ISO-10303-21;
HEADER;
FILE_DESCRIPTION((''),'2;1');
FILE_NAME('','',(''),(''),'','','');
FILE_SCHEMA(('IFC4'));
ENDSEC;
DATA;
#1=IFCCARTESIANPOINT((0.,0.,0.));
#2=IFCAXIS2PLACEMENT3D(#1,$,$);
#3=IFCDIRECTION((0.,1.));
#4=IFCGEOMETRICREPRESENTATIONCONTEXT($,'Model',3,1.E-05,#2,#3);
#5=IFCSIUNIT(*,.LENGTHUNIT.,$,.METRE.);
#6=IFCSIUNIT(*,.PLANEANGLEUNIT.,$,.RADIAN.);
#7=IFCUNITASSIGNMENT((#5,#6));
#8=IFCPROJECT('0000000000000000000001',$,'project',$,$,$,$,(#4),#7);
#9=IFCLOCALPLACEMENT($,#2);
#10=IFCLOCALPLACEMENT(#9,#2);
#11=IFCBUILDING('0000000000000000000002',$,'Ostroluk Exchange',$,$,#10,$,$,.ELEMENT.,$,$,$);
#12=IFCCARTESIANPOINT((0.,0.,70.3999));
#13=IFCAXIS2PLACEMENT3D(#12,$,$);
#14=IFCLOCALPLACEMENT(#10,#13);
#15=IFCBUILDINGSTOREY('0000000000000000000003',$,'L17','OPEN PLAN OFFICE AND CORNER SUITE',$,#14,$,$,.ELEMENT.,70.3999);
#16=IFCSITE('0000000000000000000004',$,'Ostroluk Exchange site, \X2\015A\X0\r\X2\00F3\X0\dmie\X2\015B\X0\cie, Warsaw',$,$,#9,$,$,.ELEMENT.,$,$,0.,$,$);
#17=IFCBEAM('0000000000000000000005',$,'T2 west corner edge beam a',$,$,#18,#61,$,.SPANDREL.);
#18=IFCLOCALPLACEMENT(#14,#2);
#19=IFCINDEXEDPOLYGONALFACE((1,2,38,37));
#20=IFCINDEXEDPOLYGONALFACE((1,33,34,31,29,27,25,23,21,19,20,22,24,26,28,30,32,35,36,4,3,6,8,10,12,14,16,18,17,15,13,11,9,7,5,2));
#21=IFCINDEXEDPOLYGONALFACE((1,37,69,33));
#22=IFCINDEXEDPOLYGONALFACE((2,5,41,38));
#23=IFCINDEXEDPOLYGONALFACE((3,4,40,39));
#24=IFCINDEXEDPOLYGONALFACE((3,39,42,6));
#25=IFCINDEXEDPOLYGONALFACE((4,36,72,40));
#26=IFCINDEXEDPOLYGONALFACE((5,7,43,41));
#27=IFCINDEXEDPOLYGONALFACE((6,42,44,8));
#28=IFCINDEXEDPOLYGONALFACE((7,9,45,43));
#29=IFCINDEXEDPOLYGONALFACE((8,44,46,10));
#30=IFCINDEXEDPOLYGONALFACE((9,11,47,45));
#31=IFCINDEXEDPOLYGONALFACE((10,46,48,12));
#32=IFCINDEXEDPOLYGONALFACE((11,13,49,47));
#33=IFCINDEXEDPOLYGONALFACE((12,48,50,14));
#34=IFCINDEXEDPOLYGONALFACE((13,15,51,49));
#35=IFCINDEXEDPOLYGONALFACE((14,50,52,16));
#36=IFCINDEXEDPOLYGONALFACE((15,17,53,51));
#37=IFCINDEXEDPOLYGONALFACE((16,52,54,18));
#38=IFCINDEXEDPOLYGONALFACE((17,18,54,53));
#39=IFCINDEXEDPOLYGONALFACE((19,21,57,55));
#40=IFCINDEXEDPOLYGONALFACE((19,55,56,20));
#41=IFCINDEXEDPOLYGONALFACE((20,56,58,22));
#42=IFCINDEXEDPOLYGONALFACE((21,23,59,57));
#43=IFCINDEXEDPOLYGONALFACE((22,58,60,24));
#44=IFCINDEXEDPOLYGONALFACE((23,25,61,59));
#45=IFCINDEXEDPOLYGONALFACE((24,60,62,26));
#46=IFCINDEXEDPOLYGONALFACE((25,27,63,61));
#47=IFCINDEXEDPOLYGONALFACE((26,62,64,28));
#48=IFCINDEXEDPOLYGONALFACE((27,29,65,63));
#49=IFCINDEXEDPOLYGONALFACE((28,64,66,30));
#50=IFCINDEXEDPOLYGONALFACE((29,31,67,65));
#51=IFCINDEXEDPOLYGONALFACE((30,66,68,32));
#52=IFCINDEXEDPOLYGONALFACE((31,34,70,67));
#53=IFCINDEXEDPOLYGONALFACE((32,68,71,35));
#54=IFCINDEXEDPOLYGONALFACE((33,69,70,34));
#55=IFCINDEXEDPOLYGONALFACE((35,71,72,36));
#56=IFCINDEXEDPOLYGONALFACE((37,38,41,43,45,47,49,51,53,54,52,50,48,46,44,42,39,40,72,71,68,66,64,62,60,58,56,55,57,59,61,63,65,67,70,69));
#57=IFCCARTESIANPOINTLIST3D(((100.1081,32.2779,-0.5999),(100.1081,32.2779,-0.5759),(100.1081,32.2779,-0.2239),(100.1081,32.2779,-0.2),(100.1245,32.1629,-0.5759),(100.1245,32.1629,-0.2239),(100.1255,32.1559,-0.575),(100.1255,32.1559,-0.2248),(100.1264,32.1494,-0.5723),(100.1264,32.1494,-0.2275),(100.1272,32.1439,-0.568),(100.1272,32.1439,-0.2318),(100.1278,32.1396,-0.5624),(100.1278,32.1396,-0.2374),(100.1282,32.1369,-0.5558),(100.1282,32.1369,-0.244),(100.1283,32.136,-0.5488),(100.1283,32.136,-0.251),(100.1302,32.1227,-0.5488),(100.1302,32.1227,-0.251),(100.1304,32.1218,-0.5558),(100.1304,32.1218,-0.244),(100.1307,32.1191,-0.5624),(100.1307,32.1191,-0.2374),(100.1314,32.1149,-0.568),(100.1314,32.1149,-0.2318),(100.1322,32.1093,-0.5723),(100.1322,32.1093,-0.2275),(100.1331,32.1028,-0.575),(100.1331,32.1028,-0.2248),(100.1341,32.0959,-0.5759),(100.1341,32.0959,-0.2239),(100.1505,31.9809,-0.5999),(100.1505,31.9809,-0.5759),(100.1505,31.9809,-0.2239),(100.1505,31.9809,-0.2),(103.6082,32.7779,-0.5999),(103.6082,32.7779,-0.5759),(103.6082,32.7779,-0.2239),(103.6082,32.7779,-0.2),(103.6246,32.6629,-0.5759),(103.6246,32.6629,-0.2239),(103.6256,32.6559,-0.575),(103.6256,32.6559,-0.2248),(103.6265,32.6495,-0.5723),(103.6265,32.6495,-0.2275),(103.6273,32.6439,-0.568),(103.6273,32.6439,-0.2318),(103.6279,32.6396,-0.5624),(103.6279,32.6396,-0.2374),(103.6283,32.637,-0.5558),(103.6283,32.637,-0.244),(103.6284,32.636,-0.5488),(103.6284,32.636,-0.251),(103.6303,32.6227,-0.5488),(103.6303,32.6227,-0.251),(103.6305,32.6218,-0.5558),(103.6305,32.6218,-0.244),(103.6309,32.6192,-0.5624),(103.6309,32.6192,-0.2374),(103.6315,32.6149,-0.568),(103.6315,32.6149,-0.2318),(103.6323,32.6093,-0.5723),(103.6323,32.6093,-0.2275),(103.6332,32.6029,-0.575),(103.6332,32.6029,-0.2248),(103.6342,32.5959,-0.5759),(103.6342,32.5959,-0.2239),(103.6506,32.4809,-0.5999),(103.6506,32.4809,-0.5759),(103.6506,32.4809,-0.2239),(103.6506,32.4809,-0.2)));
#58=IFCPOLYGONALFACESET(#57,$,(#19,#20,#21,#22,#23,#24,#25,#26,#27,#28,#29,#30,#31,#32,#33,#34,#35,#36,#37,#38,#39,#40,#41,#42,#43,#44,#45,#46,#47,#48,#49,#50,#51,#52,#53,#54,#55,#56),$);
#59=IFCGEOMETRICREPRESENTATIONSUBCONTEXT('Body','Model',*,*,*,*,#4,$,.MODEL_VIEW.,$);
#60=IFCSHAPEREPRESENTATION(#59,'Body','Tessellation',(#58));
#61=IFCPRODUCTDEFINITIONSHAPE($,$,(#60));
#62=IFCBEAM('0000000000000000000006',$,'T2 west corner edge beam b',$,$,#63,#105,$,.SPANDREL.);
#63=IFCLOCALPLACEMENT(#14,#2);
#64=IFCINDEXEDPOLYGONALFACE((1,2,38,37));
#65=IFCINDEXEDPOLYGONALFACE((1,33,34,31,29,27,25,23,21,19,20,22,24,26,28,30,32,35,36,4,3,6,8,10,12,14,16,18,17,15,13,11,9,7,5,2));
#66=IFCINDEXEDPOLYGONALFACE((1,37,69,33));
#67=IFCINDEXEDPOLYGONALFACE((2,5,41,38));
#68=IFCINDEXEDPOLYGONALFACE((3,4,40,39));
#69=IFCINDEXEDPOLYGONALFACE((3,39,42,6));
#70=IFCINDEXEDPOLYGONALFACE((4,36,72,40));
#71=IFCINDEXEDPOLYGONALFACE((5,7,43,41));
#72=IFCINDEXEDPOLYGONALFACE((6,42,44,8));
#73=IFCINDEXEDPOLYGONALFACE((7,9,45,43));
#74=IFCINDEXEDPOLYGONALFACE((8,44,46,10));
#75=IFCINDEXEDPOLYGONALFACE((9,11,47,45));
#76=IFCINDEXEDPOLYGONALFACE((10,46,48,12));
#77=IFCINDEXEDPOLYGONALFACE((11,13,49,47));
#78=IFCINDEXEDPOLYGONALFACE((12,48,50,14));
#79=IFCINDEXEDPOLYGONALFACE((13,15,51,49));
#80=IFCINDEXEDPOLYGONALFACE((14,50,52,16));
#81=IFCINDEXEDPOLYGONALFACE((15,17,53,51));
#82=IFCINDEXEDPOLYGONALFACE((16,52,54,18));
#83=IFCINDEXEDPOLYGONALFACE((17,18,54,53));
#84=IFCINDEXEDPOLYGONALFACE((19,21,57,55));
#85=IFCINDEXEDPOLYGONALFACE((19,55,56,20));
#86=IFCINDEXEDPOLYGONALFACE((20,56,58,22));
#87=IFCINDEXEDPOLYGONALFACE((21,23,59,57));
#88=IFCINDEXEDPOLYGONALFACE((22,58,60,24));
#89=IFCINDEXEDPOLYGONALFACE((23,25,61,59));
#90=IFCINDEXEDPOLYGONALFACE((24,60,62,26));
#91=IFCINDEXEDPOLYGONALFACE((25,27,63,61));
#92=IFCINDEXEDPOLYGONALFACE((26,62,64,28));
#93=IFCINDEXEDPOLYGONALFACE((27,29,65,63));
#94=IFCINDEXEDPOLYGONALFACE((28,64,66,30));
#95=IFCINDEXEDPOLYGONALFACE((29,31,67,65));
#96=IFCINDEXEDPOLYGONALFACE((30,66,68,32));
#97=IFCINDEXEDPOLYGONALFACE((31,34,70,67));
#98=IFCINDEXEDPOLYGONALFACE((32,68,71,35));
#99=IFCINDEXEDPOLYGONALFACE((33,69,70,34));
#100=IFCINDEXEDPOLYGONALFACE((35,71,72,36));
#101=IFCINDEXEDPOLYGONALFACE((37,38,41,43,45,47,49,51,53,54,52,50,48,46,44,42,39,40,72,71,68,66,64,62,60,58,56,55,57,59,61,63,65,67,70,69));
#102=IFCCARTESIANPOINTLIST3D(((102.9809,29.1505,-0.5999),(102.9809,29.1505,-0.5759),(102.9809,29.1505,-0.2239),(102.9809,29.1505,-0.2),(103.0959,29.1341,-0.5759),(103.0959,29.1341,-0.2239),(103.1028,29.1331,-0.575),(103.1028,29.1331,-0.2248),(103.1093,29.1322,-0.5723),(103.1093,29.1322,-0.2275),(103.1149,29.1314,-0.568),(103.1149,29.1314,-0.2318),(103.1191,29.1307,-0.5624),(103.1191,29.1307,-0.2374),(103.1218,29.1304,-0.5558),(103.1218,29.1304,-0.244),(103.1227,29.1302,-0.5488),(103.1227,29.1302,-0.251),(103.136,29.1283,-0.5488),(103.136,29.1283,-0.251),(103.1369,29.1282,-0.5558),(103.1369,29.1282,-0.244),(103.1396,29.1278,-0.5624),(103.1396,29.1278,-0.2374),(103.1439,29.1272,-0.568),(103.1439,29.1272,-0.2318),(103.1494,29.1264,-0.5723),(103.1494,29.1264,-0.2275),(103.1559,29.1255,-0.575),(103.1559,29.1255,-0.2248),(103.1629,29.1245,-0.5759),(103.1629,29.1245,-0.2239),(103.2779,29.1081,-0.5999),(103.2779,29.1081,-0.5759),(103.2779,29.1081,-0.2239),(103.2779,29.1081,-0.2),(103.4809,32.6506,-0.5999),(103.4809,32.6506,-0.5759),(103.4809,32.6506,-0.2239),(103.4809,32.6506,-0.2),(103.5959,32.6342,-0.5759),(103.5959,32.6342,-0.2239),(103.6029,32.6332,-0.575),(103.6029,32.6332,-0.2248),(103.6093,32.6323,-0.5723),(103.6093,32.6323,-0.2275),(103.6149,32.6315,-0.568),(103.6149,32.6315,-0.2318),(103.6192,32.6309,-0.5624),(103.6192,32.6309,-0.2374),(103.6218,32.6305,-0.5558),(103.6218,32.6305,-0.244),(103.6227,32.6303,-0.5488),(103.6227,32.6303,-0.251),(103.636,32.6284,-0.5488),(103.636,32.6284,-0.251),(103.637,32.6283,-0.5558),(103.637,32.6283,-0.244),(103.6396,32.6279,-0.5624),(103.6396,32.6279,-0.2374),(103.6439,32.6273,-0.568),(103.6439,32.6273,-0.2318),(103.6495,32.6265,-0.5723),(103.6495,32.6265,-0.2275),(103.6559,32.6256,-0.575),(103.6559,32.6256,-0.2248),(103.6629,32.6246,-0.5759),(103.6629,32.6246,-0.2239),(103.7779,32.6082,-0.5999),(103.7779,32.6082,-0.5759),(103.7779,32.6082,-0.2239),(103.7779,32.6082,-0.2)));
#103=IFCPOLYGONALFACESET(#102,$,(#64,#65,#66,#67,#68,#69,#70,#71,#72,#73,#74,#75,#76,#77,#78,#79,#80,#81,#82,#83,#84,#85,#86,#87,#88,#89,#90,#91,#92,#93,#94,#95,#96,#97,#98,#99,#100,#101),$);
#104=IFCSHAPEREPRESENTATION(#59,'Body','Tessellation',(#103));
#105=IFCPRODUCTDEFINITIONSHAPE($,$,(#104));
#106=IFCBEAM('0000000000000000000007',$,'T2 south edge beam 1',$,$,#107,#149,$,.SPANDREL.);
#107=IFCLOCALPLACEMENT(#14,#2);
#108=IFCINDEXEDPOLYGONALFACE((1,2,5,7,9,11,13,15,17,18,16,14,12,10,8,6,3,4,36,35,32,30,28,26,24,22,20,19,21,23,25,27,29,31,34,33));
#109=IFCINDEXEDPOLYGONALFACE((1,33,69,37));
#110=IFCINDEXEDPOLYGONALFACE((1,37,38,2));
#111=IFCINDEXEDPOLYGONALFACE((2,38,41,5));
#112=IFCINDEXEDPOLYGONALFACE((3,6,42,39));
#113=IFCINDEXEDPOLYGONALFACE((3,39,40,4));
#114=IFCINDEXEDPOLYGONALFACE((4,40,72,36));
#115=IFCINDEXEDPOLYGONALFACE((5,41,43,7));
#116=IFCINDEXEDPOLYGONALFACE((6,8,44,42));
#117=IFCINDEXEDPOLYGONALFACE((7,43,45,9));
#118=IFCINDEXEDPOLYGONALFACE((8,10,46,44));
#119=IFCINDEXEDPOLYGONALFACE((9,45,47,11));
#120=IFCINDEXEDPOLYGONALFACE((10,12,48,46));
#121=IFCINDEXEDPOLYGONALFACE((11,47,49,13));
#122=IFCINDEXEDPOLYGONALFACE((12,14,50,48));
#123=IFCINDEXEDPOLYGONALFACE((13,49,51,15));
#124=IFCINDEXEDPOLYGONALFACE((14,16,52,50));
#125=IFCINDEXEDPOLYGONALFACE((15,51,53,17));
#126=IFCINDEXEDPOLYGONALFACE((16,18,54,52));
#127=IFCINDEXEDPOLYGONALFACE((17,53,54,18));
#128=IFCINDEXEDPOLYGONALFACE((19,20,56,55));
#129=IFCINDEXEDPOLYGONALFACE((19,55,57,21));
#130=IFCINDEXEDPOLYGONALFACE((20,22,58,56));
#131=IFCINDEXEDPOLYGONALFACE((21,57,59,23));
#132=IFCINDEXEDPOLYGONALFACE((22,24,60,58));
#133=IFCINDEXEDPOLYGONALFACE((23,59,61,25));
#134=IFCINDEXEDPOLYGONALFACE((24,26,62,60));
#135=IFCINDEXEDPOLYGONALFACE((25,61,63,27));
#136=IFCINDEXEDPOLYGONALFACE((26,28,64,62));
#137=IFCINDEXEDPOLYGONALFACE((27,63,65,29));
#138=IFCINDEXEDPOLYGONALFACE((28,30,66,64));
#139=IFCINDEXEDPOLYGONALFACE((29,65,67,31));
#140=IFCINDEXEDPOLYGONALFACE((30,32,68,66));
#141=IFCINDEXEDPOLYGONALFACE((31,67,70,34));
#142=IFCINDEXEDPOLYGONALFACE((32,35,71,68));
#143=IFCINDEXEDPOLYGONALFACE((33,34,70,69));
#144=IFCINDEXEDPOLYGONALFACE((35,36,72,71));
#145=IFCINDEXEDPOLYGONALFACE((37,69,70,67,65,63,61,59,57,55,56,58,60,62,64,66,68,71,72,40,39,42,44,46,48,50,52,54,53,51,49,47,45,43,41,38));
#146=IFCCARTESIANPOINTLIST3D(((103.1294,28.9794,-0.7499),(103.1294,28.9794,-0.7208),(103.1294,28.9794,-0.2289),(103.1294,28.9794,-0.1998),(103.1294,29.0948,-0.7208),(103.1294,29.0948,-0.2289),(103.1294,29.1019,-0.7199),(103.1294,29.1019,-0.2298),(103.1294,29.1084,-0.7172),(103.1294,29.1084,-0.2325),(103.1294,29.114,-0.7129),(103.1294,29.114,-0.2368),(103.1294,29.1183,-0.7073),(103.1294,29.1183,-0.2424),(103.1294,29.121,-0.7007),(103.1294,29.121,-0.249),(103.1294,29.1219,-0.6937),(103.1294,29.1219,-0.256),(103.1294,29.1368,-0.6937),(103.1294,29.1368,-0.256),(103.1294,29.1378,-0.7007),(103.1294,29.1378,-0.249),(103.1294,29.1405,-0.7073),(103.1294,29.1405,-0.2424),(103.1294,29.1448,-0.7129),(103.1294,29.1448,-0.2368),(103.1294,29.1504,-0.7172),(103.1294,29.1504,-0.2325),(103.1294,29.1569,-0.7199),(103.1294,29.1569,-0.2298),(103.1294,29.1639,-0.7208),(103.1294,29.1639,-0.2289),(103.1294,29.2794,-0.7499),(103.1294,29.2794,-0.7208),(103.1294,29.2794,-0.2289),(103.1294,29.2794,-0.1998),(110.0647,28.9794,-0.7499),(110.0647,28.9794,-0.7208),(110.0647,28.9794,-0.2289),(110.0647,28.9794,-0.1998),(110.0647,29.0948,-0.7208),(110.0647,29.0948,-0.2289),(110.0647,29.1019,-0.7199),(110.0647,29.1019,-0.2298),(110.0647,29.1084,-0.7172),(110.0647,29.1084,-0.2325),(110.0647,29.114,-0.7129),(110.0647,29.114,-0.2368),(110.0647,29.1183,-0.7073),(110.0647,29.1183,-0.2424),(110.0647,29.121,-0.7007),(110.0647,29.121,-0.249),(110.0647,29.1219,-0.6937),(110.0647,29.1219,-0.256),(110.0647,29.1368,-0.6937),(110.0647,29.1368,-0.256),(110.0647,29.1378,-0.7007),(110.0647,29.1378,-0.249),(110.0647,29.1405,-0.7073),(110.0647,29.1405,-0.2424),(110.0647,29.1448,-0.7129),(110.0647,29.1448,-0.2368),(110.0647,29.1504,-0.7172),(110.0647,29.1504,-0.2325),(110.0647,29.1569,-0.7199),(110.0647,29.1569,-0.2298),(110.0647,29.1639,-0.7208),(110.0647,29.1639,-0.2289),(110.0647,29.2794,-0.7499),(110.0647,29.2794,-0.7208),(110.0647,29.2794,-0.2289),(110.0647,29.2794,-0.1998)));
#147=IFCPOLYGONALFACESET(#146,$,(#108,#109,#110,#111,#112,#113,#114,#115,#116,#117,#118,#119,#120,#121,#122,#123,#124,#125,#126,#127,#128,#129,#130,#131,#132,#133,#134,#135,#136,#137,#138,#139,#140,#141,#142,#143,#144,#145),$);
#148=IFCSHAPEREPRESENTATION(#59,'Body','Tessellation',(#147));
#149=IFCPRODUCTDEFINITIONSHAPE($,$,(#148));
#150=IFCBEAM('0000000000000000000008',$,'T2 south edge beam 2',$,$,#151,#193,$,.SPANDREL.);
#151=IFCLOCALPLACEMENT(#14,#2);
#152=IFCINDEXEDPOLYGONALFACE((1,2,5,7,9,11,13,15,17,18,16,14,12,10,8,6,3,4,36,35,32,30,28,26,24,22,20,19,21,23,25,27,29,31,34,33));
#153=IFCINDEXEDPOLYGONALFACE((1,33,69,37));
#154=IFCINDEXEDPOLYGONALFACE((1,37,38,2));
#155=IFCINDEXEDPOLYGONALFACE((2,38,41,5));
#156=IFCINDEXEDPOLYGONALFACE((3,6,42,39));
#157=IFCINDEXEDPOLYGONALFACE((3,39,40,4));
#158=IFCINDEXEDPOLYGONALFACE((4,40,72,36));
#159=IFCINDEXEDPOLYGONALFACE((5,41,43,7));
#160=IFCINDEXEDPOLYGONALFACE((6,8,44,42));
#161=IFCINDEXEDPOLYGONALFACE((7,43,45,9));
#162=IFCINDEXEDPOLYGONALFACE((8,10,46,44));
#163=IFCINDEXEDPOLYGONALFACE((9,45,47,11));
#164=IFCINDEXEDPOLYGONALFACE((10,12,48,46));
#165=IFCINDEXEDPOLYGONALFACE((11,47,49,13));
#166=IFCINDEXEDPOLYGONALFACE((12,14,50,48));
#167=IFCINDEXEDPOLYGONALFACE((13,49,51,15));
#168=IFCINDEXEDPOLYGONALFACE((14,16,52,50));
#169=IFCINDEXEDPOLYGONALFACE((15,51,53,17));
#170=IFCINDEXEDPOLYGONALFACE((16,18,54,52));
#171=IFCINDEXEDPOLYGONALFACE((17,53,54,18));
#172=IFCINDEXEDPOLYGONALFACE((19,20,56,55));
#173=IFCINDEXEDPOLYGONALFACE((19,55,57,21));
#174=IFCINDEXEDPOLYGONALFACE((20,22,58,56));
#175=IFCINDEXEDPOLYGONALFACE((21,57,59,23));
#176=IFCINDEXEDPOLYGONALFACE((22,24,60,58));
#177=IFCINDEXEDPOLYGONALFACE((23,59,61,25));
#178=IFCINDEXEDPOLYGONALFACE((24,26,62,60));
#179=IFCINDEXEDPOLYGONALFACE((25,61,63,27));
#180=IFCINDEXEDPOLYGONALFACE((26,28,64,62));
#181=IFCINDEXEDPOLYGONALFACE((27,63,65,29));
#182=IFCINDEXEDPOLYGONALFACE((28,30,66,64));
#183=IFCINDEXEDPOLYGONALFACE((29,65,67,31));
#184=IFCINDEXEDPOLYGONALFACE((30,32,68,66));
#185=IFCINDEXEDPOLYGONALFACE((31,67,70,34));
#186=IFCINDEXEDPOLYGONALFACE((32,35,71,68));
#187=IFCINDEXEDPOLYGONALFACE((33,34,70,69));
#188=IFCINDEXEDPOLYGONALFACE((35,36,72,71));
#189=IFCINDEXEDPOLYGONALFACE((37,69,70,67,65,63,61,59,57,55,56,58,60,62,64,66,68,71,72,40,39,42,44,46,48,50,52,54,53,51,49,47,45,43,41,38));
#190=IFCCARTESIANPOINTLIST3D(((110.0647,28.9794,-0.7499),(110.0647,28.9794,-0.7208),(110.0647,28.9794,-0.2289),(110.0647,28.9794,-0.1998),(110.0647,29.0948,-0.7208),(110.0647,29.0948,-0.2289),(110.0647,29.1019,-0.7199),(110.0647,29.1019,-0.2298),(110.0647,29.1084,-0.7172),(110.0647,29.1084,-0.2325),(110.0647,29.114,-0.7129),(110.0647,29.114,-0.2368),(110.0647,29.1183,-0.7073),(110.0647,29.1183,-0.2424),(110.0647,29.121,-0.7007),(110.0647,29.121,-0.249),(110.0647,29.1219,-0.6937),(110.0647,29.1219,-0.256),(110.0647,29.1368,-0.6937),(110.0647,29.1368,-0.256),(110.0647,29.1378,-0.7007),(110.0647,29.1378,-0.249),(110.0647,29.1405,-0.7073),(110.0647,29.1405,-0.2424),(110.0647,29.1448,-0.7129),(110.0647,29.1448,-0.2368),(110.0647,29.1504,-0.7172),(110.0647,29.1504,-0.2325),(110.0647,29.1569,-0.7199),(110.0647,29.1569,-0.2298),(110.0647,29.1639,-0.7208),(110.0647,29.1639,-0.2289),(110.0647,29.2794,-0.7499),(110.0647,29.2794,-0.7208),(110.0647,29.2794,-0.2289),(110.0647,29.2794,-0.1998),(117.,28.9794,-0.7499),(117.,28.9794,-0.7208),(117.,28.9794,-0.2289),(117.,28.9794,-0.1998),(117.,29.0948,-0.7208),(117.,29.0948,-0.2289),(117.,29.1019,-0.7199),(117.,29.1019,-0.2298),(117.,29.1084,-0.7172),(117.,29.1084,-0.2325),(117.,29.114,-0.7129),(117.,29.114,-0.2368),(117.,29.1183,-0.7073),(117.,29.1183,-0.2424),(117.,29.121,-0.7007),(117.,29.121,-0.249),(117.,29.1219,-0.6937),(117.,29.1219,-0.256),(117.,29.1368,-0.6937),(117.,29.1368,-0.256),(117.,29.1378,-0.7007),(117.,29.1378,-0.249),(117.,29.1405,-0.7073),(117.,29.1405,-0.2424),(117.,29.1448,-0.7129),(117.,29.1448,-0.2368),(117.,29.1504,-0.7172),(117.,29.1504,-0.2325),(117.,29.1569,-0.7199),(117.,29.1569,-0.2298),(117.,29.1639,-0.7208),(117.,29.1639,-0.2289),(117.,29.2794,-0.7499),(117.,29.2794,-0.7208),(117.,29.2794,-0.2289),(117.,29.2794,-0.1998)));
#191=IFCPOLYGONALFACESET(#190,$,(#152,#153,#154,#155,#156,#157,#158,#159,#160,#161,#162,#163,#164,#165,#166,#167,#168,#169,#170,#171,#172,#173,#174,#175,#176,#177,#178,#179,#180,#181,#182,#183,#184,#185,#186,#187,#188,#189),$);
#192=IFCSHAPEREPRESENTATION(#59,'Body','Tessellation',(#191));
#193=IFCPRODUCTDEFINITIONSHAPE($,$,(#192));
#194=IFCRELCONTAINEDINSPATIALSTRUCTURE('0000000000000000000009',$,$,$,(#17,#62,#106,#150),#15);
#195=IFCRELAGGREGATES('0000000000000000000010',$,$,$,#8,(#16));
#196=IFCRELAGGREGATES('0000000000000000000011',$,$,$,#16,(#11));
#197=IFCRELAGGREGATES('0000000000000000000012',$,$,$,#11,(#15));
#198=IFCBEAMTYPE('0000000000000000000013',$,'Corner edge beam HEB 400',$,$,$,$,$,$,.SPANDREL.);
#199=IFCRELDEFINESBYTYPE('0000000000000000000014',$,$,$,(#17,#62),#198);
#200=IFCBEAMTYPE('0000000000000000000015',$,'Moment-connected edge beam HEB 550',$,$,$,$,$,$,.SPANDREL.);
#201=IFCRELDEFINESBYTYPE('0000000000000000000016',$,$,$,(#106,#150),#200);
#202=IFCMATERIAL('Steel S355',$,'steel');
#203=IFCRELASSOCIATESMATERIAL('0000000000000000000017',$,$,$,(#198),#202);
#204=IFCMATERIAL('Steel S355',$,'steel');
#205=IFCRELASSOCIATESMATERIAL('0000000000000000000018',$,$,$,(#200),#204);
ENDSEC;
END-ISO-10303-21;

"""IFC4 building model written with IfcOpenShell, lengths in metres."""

from ifc_helpers import new_model, si_unit, direction, frame, origin, origin_2d, place, context, subcontext, project, spatial, i_section, extrude, material, material_profile, profile_set, type_object, element, save


model = new_model("IFC4")

# Units and contexts
model_context = context("Model", 3, precision=1e-05, world=origin(), true_north=direction((0.0, 1.0)))
body_context = subcontext(model_context, "Body", "Model", "MODEL_VIEW")
ifc_project = project(units=[si_unit("LENGTHUNIT", "METRE"), si_unit("PLANEANGLEUNIT", "RADIAN")], contexts=[model_context])

# Site, building, storey
site_placement = place(None, origin())
site = spatial("IfcSite", under=ifc_project, at=site_placement, Name="Ostroluk Exchange site, Śródmieście, Warsaw", CompositionType="ELEMENT", RefElevation=0.0)
building_placement = place(site_placement, origin())
building = spatial("IfcBuilding", under=site, at=building_placement, Name="Ostroluk Exchange", CompositionType="ELEMENT")
storey_placement = place(building_placement, frame((0.0, 0.0, 70.3999)))
storey = spatial("IfcBuildingStorey", under=building, at=storey_placement, Name="L17", Description="OPEN PLAN OFFICE AND CORNER SUITE", CompositionType="ELEMENT", Elevation=70.3999)

# Beams
ifc_material_1 = material(Name="Steel S355", Category="steel")
ifc_material_profile_1 = material_profile(ifc_material_1, i_section(OverallWidth=0.3, OverallDepth=0.3999, WebThickness=0.0134, FlangeThickness=0.0239, FilletRadius=0.0271, at=origin_2d()), Name="HEB 400")
ifc_profile_set_1 = profile_set([ifc_material_profile_1], Name="Steel S355")
beam_type_1 = type_object("IfcBeamType", Name="Corner edge beam HEB 400", PredefinedType="SPANDREL", material=ifc_profile_set_1)
for number, where, z_axis, x_axis, name in (
    (1, (103.6294, 32.6294, -0.3999), (-0.989949, -0.141421, 0.0), (0.141421, -0.989949, 0.0), "T2 west corner edge beam a"),
    (2, (103.6294, 32.6294, -0.3999), (-0.141421, -0.989949, 0.0), (0.989949, -0.141421, 0.0), "T2 west corner edge beam b"),
):
    element("IfcBeam", number, at=place(storey_placement, frame(where, z_axis=z_axis, x_axis=x_axis)), inside=storey, type_object=beam_type_1, Name=name, PredefinedType="SPANDREL", context=body_context, shape_type="SweptSolid", body=[
        extrude(i_section(OverallWidth=0.3, OverallDepth=0.3999, WebThickness=0.0134, FlangeThickness=0.0239, FilletRadius=0.0271, at=origin_2d()), origin(), (0.0, 0.0, 1.0), 3.5356),
    ])
ifc_material_2 = material(Name="Steel S355", Category="steel")
ifc_material_profile_2 = material_profile(ifc_material_2, i_section(OverallWidth=0.3, OverallDepth=0.55, WebThickness=0.0149, FlangeThickness=0.0291, FilletRadius=0.0271, at=origin_2d()), Name="HEB 550")
ifc_profile_set_2 = profile_set([ifc_material_profile_2], Name="Steel S355")
beam_type_2 = type_object("IfcBeamType", Name="Moment-connected edge beam HEB 550", PredefinedType="SPANDREL", material=ifc_profile_set_2)
for number, where, z_axis, x_axis, name in (
    (3, (103.1294, 29.1294, -0.4749), (1.0, 0.0, 0.0), (0.0, 1.0, 0.0), "T2 south edge beam 1"),
    (4, (110.0647, 29.1294, -0.4749), (1.0, 0.0, 0.0), (0.0, 1.0, 0.0), "T2 south edge beam 2"),
):
    element("IfcBeam", number, at=place(storey_placement, frame(where, z_axis=z_axis, x_axis=x_axis)), inside=storey, type_object=beam_type_2, Name=name, PredefinedType="SPANDREL", context=body_context, shape_type="SweptSolid", body=[
        extrude(i_section(OverallWidth=0.3, OverallDepth=0.55, WebThickness=0.0149, FlangeThickness=0.0291, FilletRadius=0.0271, at=origin_2d()), origin(), (0.0, 0.0, 1.0), 6.9353),
    ])

save(model, "model.ifc")
